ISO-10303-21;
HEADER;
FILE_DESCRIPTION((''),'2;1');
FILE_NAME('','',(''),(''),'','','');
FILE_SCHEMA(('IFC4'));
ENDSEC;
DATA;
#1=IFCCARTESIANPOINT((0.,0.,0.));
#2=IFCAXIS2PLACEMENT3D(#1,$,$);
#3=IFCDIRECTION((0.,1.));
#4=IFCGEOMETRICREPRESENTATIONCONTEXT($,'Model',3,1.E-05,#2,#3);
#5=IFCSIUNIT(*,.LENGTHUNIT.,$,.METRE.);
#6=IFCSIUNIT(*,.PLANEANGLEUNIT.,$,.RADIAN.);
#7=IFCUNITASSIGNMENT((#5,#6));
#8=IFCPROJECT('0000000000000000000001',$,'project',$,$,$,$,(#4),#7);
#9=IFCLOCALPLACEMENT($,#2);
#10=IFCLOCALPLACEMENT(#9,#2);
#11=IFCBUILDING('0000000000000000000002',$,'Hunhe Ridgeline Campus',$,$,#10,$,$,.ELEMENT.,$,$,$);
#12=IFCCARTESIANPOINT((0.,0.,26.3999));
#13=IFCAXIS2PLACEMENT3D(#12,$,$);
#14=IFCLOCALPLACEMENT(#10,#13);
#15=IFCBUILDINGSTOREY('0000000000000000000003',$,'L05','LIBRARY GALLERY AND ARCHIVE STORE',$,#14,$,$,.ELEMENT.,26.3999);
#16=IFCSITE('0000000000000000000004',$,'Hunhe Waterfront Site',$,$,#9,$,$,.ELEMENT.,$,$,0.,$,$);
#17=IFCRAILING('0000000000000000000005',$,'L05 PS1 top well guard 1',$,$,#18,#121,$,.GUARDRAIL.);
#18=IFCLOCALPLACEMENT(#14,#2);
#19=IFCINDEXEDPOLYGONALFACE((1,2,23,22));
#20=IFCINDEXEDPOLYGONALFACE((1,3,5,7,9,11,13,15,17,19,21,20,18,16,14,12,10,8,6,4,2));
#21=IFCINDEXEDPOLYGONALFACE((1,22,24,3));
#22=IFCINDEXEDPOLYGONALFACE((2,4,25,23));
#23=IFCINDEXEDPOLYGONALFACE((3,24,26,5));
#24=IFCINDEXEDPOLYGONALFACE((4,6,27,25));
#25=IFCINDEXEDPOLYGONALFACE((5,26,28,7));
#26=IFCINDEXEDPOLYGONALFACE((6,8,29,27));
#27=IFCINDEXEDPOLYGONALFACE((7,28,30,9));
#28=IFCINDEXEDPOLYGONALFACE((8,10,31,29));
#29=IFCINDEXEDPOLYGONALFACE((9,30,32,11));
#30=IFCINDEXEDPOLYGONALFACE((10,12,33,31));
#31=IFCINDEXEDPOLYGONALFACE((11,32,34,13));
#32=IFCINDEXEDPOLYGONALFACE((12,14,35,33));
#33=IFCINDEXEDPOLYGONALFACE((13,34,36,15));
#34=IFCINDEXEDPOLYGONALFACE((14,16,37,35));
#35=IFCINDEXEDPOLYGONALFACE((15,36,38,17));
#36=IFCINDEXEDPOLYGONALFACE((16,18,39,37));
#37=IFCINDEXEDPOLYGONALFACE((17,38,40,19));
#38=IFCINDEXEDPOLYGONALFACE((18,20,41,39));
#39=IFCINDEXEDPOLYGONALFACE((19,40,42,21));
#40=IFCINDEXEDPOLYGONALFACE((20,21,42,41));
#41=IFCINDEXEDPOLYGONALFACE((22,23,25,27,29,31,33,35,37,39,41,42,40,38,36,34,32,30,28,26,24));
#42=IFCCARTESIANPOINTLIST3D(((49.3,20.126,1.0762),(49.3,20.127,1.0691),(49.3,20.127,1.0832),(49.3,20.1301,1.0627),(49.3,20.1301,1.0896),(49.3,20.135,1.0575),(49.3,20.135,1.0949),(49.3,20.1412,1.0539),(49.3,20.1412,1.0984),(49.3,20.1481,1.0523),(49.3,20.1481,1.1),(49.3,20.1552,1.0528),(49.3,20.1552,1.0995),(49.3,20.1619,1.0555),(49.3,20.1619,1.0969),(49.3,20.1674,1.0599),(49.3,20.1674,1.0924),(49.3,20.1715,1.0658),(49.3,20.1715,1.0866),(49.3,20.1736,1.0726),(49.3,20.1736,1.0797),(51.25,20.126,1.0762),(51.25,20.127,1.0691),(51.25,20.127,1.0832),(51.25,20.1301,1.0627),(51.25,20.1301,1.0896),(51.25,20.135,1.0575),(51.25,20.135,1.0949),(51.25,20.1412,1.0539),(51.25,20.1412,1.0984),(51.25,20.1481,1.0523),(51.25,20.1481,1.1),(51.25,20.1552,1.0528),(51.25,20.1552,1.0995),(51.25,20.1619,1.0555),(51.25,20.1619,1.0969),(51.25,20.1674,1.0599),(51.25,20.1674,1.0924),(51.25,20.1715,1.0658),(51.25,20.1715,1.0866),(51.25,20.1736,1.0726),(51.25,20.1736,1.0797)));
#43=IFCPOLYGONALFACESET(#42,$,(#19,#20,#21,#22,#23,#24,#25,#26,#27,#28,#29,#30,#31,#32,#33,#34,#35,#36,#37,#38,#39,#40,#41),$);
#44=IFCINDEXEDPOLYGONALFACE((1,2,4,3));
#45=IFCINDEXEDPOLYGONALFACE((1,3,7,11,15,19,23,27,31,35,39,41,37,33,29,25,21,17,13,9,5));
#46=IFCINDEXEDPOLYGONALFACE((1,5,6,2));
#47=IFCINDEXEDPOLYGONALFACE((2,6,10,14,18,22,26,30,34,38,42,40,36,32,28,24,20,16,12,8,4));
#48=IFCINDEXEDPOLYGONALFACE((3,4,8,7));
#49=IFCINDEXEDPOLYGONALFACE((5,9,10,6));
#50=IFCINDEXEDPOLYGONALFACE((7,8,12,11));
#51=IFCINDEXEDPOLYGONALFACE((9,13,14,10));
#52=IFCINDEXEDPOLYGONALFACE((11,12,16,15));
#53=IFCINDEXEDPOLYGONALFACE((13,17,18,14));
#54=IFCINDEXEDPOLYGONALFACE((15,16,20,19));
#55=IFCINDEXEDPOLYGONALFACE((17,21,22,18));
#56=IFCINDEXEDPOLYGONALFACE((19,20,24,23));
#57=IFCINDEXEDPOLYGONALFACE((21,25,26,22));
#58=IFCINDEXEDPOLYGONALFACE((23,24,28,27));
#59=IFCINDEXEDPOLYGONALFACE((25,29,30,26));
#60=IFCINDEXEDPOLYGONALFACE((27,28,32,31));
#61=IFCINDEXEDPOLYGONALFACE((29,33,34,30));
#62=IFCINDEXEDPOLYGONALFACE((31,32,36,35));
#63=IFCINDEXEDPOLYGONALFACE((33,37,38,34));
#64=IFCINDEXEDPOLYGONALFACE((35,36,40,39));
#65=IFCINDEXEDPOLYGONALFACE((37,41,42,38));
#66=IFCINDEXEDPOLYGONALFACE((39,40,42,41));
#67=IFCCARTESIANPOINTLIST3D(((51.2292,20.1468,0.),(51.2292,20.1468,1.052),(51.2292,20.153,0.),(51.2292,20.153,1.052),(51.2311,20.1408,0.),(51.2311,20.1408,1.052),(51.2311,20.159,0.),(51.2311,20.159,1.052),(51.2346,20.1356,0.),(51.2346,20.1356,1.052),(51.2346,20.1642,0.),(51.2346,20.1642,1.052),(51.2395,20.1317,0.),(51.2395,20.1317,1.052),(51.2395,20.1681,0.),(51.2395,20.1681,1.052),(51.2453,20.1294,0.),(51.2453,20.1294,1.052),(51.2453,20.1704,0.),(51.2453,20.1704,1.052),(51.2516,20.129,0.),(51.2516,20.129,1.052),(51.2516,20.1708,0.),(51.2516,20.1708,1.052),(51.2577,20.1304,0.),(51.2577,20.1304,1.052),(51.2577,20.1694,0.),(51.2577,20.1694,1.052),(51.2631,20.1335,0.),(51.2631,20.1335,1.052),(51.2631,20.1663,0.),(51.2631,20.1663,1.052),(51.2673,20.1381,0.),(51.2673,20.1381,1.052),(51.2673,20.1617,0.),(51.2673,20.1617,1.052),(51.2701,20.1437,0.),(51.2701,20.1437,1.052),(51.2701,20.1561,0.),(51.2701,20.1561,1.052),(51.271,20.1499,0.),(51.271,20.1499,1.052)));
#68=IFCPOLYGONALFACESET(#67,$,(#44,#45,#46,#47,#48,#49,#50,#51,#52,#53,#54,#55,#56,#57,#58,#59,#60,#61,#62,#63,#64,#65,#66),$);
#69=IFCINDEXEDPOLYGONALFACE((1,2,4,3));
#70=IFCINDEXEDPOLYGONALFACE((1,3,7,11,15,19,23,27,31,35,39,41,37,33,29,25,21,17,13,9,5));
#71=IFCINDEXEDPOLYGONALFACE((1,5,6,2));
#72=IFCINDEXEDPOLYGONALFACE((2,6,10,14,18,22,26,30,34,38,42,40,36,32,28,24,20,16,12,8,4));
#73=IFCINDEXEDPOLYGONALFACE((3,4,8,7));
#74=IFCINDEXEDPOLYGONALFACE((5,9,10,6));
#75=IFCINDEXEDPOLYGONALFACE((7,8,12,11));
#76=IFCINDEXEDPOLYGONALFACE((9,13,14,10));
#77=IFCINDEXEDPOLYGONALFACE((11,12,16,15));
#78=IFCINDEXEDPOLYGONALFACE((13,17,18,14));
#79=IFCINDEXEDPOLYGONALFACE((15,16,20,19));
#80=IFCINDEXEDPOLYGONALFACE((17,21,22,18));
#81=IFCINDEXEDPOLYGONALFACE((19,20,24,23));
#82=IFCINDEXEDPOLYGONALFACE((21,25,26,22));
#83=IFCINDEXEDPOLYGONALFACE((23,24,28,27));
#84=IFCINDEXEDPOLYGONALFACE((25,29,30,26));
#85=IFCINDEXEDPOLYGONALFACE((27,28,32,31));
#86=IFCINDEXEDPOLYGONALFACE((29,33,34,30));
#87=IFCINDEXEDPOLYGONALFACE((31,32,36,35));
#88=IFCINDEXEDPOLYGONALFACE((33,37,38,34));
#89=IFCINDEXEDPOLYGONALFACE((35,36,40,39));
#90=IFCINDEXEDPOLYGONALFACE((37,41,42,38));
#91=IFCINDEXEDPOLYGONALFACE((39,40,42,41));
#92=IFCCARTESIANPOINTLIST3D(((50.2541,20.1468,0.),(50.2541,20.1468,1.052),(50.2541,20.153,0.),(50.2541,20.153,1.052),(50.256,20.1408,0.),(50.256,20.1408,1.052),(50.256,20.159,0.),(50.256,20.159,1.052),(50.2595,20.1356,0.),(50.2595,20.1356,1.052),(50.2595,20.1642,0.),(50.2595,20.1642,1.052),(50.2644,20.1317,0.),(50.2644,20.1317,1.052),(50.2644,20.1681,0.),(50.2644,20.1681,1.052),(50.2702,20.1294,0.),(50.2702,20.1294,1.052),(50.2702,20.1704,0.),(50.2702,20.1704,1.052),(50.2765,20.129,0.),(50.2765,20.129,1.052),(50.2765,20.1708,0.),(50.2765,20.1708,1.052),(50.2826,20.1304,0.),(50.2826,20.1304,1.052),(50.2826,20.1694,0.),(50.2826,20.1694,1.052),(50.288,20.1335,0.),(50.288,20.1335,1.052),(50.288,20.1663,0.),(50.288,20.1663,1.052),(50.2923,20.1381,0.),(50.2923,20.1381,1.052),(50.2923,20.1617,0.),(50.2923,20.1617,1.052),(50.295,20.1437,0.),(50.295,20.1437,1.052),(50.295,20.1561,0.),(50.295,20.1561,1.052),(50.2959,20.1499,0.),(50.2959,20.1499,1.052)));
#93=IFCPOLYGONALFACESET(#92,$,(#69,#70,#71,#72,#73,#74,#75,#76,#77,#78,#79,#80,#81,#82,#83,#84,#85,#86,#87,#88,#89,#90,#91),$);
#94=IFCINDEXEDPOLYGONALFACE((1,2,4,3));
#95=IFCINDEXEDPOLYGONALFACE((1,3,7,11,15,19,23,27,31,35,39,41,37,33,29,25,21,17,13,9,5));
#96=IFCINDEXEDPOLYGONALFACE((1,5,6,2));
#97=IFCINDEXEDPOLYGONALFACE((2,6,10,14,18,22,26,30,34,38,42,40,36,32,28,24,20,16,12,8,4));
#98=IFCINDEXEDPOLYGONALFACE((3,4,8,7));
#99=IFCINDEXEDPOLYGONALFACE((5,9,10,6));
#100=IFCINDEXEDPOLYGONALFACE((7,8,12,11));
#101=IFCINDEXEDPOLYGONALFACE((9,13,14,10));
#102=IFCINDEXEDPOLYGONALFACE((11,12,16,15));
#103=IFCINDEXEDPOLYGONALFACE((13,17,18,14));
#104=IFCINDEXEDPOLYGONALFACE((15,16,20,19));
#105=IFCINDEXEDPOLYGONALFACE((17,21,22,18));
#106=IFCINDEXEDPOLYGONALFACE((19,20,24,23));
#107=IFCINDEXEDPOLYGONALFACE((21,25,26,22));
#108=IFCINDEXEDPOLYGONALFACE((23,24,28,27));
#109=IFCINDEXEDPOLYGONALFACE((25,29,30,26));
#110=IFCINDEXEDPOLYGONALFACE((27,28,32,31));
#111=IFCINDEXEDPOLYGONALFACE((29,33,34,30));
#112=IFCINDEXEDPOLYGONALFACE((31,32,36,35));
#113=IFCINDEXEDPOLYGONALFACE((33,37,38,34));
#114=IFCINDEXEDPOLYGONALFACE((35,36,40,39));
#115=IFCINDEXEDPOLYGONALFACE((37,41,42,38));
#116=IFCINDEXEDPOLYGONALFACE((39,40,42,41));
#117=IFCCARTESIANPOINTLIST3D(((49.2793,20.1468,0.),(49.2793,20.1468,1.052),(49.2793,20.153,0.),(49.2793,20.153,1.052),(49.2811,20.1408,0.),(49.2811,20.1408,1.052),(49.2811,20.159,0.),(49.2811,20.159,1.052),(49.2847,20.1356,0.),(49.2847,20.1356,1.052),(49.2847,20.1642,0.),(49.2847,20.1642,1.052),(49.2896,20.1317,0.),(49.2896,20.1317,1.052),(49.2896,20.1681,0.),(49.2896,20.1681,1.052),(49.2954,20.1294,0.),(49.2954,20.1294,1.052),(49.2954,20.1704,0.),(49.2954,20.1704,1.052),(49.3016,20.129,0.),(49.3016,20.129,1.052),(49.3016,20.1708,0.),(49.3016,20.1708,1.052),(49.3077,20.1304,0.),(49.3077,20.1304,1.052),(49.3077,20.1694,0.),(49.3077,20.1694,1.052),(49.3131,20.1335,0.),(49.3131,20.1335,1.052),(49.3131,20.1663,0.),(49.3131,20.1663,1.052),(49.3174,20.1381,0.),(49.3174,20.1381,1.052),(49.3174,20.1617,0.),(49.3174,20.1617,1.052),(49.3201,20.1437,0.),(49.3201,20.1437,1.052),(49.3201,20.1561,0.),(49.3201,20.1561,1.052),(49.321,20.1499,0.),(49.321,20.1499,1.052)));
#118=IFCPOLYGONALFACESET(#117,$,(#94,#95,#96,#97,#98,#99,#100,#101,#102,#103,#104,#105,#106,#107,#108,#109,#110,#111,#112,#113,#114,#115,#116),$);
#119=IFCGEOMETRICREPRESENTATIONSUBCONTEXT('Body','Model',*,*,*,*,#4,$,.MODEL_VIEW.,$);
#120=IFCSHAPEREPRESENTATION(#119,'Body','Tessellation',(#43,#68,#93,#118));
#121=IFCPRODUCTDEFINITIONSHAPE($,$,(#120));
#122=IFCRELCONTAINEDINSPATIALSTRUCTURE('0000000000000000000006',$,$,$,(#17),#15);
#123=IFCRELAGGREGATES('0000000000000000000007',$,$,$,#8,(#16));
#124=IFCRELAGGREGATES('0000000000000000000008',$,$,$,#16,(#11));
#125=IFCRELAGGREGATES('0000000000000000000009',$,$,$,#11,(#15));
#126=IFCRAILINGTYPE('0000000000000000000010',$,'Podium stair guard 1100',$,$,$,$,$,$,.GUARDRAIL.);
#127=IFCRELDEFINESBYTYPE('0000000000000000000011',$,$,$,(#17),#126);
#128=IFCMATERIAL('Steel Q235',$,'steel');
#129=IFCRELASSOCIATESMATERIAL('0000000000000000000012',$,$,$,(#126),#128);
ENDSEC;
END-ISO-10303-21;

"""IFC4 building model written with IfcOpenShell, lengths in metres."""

from ifc_helpers import new_model, si_unit, direction, frame, origin, origin_2d, place, context, subcontext, project, spatial, circle, extrude, material, type_object, element, save


model = new_model("IFC4")

# Units and contexts
model_context = context("Model", 3, precision=1e-05, world=origin(), true_north=direction((0.0, 1.0)))
body_context = subcontext(model_context, "Body", "Model", "MODEL_VIEW")
ifc_project = project(units=[si_unit("LENGTHUNIT", "METRE"), si_unit("PLANEANGLEUNIT", "RADIAN")], contexts=[model_context])

# Site, building, storey
site_placement = place(None, origin())
site = spatial("IfcSite", under=ifc_project, at=site_placement, Name="Hunhe Waterfront Site", CompositionType="ELEMENT", RefElevation=0.0)
building_placement = place(site_placement, origin())
building = spatial("IfcBuilding", under=site, at=building_placement, Name="Hunhe Ridgeline Campus", CompositionType="ELEMENT")
storey_placement = place(building_placement, frame((0.0, 0.0, 26.3999)))
storey = spatial("IfcBuildingStorey", under=building, at=storey_placement, Name="L05", Description="LIBRARY GALLERY AND ARCHIVE STORE", CompositionType="ELEMENT", Elevation=26.3999)

# Shared definitions
ifc_material_1 = material(Name="Steel Q235", Category="steel")

# Railing
railing_type_1 = type_object("IfcRailingType", Name="Podium stair guard 1100", PredefinedType="GUARDRAIL", material=ifc_material_1)
railing_1_placement = place(storey_placement, frame((51.25, 20.1499, 0.0)))
element("IfcRailing", 1, at=railing_1_placement, inside=storey, type_object=railing_type_1, Name="L05 PS1 top well guard 1", PredefinedType="GUARDRAIL", context=body_context, shape_type="SweptSolid", body=[
    extrude(circle(Radius=0.0239, at=origin_2d()), frame((0.0, 0.0, 1.0762), z_axis=(-1.0, 0.0, 0.0), x_axis=(0.0, -1.0, 0.0)), (0.0, 0.0, 1.0), 1.95),
    extrude(circle(Radius=0.021, at=origin_2d()), origin(), (0.0, 0.0, 1.0), 1.052),
    extrude(circle(Radius=0.021, at=origin_2d()), frame((-0.9751, 0.0, 0.0)), (0.0, 0.0, 1.0), 1.052),
    extrude(circle(Radius=0.021, at=origin_2d()), frame((-1.95, 0.0, 0.0)), (0.0, 0.0, 1.0), 1.052),
])

save(model, "model.ifc")
